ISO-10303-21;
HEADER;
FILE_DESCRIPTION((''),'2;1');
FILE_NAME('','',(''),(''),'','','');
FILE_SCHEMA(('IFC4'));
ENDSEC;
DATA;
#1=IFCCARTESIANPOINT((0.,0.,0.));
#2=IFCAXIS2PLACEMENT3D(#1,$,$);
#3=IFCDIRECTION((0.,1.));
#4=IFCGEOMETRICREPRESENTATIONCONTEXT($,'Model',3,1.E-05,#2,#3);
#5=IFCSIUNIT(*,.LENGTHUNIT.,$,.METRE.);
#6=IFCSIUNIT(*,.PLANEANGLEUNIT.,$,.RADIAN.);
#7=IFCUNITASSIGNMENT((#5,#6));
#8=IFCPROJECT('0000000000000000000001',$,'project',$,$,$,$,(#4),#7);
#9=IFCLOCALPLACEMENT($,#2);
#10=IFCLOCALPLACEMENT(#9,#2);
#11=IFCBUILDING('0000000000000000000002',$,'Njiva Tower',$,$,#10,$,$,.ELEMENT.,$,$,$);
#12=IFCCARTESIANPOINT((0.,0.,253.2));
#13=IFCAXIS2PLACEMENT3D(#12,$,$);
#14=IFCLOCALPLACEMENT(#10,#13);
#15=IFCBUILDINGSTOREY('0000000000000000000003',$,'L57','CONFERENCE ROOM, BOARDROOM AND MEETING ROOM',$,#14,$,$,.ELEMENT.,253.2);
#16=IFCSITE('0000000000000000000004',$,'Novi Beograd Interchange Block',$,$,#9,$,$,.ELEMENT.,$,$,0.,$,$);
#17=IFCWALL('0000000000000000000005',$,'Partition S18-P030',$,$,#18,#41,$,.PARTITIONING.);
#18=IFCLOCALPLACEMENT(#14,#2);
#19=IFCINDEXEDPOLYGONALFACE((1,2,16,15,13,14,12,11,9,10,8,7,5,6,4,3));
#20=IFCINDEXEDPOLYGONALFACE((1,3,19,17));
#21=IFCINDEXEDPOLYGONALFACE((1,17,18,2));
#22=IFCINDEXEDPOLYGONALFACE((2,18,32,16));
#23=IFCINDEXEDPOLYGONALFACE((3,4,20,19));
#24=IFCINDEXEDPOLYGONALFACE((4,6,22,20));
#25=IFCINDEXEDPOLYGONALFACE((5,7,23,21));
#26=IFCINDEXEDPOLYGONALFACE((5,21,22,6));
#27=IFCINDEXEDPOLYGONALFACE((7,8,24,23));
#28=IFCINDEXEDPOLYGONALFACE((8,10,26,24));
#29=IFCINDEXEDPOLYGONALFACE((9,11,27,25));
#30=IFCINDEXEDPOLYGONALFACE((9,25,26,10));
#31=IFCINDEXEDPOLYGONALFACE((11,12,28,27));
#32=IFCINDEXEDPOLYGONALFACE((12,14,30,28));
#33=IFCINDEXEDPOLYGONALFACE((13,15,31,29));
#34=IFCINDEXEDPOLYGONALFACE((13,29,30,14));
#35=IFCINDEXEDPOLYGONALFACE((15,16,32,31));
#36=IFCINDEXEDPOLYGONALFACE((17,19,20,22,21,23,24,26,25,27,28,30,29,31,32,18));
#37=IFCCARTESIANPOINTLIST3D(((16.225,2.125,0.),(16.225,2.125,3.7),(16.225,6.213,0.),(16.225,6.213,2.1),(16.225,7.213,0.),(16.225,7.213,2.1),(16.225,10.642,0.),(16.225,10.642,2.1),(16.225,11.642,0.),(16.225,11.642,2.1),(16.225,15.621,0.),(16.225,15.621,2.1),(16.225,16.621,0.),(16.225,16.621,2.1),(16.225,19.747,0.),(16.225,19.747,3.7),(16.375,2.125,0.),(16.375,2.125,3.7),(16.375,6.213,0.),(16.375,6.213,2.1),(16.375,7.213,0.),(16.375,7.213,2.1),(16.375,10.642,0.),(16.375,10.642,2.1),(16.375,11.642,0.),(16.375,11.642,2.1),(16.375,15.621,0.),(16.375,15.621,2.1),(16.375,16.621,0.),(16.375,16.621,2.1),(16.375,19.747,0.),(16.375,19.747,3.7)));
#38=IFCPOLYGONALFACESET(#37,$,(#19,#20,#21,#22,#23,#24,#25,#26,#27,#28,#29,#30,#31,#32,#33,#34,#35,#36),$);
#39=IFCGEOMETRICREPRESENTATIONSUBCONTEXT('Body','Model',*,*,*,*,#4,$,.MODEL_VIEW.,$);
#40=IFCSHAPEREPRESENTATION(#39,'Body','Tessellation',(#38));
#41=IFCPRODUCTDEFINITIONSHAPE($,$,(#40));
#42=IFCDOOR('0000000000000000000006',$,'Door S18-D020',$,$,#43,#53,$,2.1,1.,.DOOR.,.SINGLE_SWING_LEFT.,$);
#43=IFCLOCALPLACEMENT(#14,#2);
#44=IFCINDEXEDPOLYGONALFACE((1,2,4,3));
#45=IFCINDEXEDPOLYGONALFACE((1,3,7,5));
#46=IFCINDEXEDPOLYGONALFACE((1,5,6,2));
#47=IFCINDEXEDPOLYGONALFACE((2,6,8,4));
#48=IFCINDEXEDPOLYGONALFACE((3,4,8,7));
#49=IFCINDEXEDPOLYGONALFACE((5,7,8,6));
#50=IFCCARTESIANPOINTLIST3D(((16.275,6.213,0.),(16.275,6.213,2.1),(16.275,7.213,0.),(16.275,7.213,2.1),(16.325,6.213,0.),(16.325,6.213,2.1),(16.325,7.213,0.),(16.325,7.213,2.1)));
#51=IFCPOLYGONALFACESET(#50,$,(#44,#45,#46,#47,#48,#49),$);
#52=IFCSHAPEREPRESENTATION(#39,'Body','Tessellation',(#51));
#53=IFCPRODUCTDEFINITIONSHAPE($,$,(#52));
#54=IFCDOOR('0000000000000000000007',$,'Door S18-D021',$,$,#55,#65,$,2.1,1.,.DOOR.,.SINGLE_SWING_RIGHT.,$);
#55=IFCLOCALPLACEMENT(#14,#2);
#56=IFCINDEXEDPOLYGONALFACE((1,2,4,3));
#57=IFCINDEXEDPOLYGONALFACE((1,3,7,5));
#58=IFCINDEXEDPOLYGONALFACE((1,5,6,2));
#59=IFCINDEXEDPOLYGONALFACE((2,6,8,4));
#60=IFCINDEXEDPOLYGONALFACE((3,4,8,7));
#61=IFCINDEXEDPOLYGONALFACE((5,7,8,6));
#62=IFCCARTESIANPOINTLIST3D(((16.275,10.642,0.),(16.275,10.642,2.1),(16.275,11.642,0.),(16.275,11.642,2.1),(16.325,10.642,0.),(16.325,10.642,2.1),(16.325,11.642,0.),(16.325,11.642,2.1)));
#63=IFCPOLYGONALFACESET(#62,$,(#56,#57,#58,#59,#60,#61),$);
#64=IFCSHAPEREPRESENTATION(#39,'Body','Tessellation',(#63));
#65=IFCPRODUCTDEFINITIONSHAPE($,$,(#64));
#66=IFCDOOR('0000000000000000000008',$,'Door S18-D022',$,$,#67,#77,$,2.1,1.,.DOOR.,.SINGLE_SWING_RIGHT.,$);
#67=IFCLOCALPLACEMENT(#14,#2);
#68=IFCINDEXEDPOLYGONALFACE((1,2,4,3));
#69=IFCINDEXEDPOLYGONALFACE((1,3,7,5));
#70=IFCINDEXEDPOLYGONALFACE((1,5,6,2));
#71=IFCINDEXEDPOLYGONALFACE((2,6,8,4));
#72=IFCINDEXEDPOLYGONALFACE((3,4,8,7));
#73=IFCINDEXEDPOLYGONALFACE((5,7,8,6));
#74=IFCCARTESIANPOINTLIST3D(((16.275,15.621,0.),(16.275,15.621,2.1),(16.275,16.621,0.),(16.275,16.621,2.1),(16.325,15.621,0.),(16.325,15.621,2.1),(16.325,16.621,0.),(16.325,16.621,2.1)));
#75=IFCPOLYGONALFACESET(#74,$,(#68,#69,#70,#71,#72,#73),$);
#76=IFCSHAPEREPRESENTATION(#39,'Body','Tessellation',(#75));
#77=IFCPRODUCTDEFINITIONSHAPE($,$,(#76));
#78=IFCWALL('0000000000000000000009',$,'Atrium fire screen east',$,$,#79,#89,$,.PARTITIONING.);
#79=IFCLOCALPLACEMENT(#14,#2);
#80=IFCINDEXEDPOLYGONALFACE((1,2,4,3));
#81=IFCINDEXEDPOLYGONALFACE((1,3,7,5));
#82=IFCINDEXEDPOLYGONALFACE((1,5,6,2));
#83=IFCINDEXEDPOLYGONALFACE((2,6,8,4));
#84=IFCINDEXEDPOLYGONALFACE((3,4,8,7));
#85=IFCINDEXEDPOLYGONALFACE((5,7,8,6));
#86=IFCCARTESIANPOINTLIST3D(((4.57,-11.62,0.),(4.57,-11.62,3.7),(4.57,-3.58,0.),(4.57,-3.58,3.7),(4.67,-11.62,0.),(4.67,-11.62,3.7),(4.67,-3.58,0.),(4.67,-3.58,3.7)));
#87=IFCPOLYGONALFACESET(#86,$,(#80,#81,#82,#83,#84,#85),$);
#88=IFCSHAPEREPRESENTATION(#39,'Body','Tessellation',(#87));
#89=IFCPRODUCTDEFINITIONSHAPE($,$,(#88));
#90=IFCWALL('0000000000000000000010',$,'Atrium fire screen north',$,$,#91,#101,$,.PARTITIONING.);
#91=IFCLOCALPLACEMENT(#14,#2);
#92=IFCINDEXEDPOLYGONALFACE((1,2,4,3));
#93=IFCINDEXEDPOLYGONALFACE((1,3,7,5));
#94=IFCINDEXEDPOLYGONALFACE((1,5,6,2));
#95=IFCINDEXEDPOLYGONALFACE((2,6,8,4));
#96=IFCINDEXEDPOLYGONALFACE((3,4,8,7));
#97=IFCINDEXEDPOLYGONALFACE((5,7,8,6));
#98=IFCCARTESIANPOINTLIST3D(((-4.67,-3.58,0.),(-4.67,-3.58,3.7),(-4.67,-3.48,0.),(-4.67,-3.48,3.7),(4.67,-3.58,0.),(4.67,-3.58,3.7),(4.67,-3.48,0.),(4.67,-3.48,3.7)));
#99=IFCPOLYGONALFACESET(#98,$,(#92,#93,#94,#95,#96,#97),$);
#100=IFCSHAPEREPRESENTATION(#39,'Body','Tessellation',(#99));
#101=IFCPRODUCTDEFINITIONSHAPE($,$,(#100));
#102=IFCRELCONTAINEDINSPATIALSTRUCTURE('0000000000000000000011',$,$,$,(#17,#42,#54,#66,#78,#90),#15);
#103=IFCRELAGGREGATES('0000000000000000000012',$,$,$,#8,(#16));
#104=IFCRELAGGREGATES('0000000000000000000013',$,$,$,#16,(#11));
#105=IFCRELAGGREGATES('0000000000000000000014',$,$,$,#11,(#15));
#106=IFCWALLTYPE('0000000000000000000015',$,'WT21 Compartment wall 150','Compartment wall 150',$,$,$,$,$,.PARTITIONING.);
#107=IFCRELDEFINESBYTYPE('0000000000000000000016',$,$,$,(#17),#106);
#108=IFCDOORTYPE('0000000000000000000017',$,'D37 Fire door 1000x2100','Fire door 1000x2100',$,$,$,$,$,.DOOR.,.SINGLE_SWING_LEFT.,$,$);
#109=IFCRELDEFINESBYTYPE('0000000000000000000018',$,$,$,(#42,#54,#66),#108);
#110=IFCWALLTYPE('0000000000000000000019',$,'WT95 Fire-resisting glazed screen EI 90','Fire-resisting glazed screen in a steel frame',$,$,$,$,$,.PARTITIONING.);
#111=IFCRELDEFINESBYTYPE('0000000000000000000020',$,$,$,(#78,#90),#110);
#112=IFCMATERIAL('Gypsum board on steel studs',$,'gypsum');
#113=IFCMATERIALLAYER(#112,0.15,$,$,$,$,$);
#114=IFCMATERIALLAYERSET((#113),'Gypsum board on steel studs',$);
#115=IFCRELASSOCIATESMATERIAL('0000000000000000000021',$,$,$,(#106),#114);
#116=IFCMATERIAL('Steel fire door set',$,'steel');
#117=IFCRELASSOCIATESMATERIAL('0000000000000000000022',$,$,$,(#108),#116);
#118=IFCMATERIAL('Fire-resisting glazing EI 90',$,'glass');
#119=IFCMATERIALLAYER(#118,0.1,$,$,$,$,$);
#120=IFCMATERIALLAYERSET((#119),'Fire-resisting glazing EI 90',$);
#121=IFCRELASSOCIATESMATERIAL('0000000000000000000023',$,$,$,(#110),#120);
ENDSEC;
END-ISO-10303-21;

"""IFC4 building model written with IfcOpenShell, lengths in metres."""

from ifc_helpers import new_model, si_unit, direction, frame, frame_2d, origin, place, context, subcontext, project, spatial, rectangle, extrude, material, layer, layer_set, type_object, element, fill, save


model = new_model("IFC4")

# Units and contexts
model_context = context("Model", 3, precision=1e-05, world=origin(), true_north=direction((0.0, 1.0)))
body_context = subcontext(model_context, "Body", "Model", "MODEL_VIEW")
ifc_project = project(units=[si_unit("LENGTHUNIT", "METRE"), si_unit("PLANEANGLEUNIT", "RADIAN")], contexts=[model_context])

# Site, building, storey
site_placement = place(None, origin())
site = spatial("IfcSite", under=ifc_project, at=site_placement, Name="Novi Beograd Interchange Block", CompositionType="ELEMENT", RefElevation=0.0)
building_placement = place(site_placement, origin())
building = spatial("IfcBuilding", under=site, at=building_placement, Name="Njiva Tower", CompositionType="ELEMENT")
storey_placement = place(building_placement, frame((0.0, 0.0, 253.2)))
storey = spatial("IfcBuildingStorey", under=building, at=storey_placement, Name="L57", Description="CONFERENCE ROOM, BOARDROOM AND MEETING ROOM", CompositionType="ELEMENT", Elevation=253.2)

# Shared definitions
ifc_material_1 = material(Name="Gypsum board on steel studs", Category="gypsum")

# Shared definitions
ifc_layer_1 = layer(ifc_material_1, 0.15)
ifc_layer_set_1 = layer_set([ifc_layer_1], Name="Gypsum board on steel studs")
wall_type_1 = type_object("IfcWallType", Name="WT21 Compartment wall 150", Description="Compartment wall 150", PredefinedType="PARTITIONING", material=ifc_layer_set_1)
ifc_material_2 = material(Name="Steel fire door set", Category="steel")
door_type = type_object("IfcDoorType", Name="D37 Fire door 1000x2100", Description="Fire door 1000x2100", OperationType="SINGLE_SWING_LEFT", PredefinedType="DOOR", material=ifc_material_2)

# Wall, openings, doors
wall_1_placement = place(storey_placement, frame((16.3, 2.125, 0.0), z_axis=(0.0, 0.0, 1.0), x_axis=(0.0, 1.0, 0.0)))
wall_1 = element("IfcWall", 1, at=wall_1_placement, inside=storey, type_object=wall_type_1, Name="Partition S18-P030", PredefinedType="PARTITIONING", context=body_context, shape_type="SweptSolid", body=[
    extrude(rectangle(XDim=17.622, YDim=0.15, at=frame_2d((8.811, 0.0))), origin(), (0.0, 0.0, 1.0), 3.7),
])
opening_1_placement = place(wall_1_placement, frame((4.088, 0.0, 0.0)))
opening_1 = element("IfcOpeningElement", 2, at=opening_1_placement, cuts=wall_1, PredefinedType="OPENING", context=body_context, shape_type="SweptSolid", body=[
    extrude(rectangle(XDim=1.0, YDim=2.1, at=frame_2d((0.5, 1.05))), frame((0.0, 0.085, 0.0), z_axis=(0.0, -1.0, 0.0), x_axis=(1.0, 0.0, 0.0)), (0.0, 0.0, 1.0), 0.17),
])
opening_2_placement = place(wall_1_placement, frame((8.517, 0.0, 0.0)))
opening_2 = element("IfcOpeningElement", 3, at=opening_2_placement, cuts=wall_1, PredefinedType="OPENING", context=body_context, shape_type="SweptSolid", body=[
    extrude(rectangle(XDim=1.0, YDim=2.1, at=frame_2d((0.5, 1.05))), frame((0.0, 0.085, 0.0), z_axis=(0.0, -1.0, 0.0), x_axis=(1.0, 0.0, 0.0)), (0.0, 0.0, 1.0), 0.17),
])
opening_3_placement = place(wall_1_placement, frame((13.496, 0.0, 0.0)))
opening_3 = element("IfcOpeningElement", 4, at=opening_3_placement, cuts=wall_1, PredefinedType="OPENING", context=body_context, shape_type="SweptSolid", body=[
    extrude(rectangle(XDim=1.0, YDim=2.1, at=frame_2d((0.5, 1.05))), frame((0.0, 0.085, 0.0), z_axis=(0.0, -1.0, 0.0), x_axis=(1.0, 0.0, 0.0)), (0.0, 0.0, 1.0), 0.17),
])
door_1_placement = place(opening_1_placement, origin())
door_1 = element("IfcDoor", 5, at=door_1_placement, inside=storey, type_object=door_type, Name="Door S18-D020", OperationType="SINGLE_SWING_LEFT", OverallHeight=2.1, OverallWidth=1.0, PredefinedType="DOOR", context=body_context, shape_type="SweptSolid", body=[
    extrude(rectangle(XDim=1.0, YDim=2.1, at=frame_2d((0.5, 1.05))), frame((0.0, 0.025, 0.0), z_axis=(0.0, -1.0, 0.0), x_axis=(1.0, 0.0, 0.0)), (0.0, 0.0, 1.0), 0.05),
])
fill(opening_1, door_1)
door_2_placement = place(opening_2_placement, origin())
door_2 = element("IfcDoor", 6, at=door_2_placement, inside=storey, type_object=door_type, Name="Door S18-D021", OperationType="SINGLE_SWING_RIGHT", OverallHeight=2.1, OverallWidth=1.0, PredefinedType="DOOR", context=body_context, shape_type="SweptSolid", body=[
    extrude(rectangle(XDim=1.0, YDim=2.1, at=frame_2d((0.5, 1.05))), frame((0.0, 0.025, 0.0), z_axis=(0.0, -1.0, 0.0), x_axis=(1.0, 0.0, 0.0)), (0.0, 0.0, 1.0), 0.05),
])
fill(opening_2, door_2)
door_3_placement = place(opening_3_placement, origin())
door_3 = element("IfcDoor", 7, at=door_3_placement, inside=storey, type_object=door_type, Name="Door S18-D022", OperationType="SINGLE_SWING_RIGHT", OverallHeight=2.1, OverallWidth=1.0, PredefinedType="DOOR", context=body_context, shape_type="SweptSolid", body=[
    extrude(rectangle(XDim=1.0, YDim=2.1, at=frame_2d((0.5, 1.05))), frame((0.0, 0.025, 0.0), z_axis=(0.0, -1.0, 0.0), x_axis=(1.0, 0.0, 0.0)), (0.0, 0.0, 1.0), 0.05),
])
fill(opening_3, door_3)

# Walls
ifc_material_3 = material(Name="Fire-resisting glazing EI 90", Category="glass")
ifc_layer_2 = layer(ifc_material_3, 0.1)
ifc_layer_set_2 = layer_set([ifc_layer_2], Name="Fire-resisting glazing EI 90")
wall_type_2 = type_object("IfcWallType", Name="WT95 Fire-resisting glazed screen EI 90", Description="Fire-resisting glazed screen in a steel frame", PredefinedType="PARTITIONING", material=ifc_layer_set_2)
wall_2_placement = place(storey_placement, frame((4.62, -11.62, 0.0), z_axis=(0.0, 0.0, 1.0), x_axis=(0.0, 1.0, 0.0)))
element("IfcWall", 8, at=wall_2_placement, inside=storey, type_object=wall_type_2, Name="Atrium fire screen east", PredefinedType="PARTITIONING", context=body_context, shape_type="SweptSolid", body=[
    extrude(rectangle(XDim=8.04, YDim=0.1, at=frame_2d((4.02, 0.0))), origin(), (0.0, 0.0, 1.0), 3.7),
])
wall_3_placement = place(storey_placement, frame((4.67, -3.53, 0.0), z_axis=(0.0, 0.0, 1.0), x_axis=(-1.0, 0.0, 0.0)))
element("IfcWall", 9, at=wall_3_placement, inside=storey, type_object=wall_type_2, Name="Atrium fire screen north", PredefinedType="PARTITIONING", context=body_context, shape_type="SweptSolid", body=[
    extrude(rectangle(XDim=9.34, YDim=0.1, at=frame_2d((4.67, 0.0))), origin(), (0.0, 0.0, 1.0), 3.7),
])

save(model, "model.ifc")
